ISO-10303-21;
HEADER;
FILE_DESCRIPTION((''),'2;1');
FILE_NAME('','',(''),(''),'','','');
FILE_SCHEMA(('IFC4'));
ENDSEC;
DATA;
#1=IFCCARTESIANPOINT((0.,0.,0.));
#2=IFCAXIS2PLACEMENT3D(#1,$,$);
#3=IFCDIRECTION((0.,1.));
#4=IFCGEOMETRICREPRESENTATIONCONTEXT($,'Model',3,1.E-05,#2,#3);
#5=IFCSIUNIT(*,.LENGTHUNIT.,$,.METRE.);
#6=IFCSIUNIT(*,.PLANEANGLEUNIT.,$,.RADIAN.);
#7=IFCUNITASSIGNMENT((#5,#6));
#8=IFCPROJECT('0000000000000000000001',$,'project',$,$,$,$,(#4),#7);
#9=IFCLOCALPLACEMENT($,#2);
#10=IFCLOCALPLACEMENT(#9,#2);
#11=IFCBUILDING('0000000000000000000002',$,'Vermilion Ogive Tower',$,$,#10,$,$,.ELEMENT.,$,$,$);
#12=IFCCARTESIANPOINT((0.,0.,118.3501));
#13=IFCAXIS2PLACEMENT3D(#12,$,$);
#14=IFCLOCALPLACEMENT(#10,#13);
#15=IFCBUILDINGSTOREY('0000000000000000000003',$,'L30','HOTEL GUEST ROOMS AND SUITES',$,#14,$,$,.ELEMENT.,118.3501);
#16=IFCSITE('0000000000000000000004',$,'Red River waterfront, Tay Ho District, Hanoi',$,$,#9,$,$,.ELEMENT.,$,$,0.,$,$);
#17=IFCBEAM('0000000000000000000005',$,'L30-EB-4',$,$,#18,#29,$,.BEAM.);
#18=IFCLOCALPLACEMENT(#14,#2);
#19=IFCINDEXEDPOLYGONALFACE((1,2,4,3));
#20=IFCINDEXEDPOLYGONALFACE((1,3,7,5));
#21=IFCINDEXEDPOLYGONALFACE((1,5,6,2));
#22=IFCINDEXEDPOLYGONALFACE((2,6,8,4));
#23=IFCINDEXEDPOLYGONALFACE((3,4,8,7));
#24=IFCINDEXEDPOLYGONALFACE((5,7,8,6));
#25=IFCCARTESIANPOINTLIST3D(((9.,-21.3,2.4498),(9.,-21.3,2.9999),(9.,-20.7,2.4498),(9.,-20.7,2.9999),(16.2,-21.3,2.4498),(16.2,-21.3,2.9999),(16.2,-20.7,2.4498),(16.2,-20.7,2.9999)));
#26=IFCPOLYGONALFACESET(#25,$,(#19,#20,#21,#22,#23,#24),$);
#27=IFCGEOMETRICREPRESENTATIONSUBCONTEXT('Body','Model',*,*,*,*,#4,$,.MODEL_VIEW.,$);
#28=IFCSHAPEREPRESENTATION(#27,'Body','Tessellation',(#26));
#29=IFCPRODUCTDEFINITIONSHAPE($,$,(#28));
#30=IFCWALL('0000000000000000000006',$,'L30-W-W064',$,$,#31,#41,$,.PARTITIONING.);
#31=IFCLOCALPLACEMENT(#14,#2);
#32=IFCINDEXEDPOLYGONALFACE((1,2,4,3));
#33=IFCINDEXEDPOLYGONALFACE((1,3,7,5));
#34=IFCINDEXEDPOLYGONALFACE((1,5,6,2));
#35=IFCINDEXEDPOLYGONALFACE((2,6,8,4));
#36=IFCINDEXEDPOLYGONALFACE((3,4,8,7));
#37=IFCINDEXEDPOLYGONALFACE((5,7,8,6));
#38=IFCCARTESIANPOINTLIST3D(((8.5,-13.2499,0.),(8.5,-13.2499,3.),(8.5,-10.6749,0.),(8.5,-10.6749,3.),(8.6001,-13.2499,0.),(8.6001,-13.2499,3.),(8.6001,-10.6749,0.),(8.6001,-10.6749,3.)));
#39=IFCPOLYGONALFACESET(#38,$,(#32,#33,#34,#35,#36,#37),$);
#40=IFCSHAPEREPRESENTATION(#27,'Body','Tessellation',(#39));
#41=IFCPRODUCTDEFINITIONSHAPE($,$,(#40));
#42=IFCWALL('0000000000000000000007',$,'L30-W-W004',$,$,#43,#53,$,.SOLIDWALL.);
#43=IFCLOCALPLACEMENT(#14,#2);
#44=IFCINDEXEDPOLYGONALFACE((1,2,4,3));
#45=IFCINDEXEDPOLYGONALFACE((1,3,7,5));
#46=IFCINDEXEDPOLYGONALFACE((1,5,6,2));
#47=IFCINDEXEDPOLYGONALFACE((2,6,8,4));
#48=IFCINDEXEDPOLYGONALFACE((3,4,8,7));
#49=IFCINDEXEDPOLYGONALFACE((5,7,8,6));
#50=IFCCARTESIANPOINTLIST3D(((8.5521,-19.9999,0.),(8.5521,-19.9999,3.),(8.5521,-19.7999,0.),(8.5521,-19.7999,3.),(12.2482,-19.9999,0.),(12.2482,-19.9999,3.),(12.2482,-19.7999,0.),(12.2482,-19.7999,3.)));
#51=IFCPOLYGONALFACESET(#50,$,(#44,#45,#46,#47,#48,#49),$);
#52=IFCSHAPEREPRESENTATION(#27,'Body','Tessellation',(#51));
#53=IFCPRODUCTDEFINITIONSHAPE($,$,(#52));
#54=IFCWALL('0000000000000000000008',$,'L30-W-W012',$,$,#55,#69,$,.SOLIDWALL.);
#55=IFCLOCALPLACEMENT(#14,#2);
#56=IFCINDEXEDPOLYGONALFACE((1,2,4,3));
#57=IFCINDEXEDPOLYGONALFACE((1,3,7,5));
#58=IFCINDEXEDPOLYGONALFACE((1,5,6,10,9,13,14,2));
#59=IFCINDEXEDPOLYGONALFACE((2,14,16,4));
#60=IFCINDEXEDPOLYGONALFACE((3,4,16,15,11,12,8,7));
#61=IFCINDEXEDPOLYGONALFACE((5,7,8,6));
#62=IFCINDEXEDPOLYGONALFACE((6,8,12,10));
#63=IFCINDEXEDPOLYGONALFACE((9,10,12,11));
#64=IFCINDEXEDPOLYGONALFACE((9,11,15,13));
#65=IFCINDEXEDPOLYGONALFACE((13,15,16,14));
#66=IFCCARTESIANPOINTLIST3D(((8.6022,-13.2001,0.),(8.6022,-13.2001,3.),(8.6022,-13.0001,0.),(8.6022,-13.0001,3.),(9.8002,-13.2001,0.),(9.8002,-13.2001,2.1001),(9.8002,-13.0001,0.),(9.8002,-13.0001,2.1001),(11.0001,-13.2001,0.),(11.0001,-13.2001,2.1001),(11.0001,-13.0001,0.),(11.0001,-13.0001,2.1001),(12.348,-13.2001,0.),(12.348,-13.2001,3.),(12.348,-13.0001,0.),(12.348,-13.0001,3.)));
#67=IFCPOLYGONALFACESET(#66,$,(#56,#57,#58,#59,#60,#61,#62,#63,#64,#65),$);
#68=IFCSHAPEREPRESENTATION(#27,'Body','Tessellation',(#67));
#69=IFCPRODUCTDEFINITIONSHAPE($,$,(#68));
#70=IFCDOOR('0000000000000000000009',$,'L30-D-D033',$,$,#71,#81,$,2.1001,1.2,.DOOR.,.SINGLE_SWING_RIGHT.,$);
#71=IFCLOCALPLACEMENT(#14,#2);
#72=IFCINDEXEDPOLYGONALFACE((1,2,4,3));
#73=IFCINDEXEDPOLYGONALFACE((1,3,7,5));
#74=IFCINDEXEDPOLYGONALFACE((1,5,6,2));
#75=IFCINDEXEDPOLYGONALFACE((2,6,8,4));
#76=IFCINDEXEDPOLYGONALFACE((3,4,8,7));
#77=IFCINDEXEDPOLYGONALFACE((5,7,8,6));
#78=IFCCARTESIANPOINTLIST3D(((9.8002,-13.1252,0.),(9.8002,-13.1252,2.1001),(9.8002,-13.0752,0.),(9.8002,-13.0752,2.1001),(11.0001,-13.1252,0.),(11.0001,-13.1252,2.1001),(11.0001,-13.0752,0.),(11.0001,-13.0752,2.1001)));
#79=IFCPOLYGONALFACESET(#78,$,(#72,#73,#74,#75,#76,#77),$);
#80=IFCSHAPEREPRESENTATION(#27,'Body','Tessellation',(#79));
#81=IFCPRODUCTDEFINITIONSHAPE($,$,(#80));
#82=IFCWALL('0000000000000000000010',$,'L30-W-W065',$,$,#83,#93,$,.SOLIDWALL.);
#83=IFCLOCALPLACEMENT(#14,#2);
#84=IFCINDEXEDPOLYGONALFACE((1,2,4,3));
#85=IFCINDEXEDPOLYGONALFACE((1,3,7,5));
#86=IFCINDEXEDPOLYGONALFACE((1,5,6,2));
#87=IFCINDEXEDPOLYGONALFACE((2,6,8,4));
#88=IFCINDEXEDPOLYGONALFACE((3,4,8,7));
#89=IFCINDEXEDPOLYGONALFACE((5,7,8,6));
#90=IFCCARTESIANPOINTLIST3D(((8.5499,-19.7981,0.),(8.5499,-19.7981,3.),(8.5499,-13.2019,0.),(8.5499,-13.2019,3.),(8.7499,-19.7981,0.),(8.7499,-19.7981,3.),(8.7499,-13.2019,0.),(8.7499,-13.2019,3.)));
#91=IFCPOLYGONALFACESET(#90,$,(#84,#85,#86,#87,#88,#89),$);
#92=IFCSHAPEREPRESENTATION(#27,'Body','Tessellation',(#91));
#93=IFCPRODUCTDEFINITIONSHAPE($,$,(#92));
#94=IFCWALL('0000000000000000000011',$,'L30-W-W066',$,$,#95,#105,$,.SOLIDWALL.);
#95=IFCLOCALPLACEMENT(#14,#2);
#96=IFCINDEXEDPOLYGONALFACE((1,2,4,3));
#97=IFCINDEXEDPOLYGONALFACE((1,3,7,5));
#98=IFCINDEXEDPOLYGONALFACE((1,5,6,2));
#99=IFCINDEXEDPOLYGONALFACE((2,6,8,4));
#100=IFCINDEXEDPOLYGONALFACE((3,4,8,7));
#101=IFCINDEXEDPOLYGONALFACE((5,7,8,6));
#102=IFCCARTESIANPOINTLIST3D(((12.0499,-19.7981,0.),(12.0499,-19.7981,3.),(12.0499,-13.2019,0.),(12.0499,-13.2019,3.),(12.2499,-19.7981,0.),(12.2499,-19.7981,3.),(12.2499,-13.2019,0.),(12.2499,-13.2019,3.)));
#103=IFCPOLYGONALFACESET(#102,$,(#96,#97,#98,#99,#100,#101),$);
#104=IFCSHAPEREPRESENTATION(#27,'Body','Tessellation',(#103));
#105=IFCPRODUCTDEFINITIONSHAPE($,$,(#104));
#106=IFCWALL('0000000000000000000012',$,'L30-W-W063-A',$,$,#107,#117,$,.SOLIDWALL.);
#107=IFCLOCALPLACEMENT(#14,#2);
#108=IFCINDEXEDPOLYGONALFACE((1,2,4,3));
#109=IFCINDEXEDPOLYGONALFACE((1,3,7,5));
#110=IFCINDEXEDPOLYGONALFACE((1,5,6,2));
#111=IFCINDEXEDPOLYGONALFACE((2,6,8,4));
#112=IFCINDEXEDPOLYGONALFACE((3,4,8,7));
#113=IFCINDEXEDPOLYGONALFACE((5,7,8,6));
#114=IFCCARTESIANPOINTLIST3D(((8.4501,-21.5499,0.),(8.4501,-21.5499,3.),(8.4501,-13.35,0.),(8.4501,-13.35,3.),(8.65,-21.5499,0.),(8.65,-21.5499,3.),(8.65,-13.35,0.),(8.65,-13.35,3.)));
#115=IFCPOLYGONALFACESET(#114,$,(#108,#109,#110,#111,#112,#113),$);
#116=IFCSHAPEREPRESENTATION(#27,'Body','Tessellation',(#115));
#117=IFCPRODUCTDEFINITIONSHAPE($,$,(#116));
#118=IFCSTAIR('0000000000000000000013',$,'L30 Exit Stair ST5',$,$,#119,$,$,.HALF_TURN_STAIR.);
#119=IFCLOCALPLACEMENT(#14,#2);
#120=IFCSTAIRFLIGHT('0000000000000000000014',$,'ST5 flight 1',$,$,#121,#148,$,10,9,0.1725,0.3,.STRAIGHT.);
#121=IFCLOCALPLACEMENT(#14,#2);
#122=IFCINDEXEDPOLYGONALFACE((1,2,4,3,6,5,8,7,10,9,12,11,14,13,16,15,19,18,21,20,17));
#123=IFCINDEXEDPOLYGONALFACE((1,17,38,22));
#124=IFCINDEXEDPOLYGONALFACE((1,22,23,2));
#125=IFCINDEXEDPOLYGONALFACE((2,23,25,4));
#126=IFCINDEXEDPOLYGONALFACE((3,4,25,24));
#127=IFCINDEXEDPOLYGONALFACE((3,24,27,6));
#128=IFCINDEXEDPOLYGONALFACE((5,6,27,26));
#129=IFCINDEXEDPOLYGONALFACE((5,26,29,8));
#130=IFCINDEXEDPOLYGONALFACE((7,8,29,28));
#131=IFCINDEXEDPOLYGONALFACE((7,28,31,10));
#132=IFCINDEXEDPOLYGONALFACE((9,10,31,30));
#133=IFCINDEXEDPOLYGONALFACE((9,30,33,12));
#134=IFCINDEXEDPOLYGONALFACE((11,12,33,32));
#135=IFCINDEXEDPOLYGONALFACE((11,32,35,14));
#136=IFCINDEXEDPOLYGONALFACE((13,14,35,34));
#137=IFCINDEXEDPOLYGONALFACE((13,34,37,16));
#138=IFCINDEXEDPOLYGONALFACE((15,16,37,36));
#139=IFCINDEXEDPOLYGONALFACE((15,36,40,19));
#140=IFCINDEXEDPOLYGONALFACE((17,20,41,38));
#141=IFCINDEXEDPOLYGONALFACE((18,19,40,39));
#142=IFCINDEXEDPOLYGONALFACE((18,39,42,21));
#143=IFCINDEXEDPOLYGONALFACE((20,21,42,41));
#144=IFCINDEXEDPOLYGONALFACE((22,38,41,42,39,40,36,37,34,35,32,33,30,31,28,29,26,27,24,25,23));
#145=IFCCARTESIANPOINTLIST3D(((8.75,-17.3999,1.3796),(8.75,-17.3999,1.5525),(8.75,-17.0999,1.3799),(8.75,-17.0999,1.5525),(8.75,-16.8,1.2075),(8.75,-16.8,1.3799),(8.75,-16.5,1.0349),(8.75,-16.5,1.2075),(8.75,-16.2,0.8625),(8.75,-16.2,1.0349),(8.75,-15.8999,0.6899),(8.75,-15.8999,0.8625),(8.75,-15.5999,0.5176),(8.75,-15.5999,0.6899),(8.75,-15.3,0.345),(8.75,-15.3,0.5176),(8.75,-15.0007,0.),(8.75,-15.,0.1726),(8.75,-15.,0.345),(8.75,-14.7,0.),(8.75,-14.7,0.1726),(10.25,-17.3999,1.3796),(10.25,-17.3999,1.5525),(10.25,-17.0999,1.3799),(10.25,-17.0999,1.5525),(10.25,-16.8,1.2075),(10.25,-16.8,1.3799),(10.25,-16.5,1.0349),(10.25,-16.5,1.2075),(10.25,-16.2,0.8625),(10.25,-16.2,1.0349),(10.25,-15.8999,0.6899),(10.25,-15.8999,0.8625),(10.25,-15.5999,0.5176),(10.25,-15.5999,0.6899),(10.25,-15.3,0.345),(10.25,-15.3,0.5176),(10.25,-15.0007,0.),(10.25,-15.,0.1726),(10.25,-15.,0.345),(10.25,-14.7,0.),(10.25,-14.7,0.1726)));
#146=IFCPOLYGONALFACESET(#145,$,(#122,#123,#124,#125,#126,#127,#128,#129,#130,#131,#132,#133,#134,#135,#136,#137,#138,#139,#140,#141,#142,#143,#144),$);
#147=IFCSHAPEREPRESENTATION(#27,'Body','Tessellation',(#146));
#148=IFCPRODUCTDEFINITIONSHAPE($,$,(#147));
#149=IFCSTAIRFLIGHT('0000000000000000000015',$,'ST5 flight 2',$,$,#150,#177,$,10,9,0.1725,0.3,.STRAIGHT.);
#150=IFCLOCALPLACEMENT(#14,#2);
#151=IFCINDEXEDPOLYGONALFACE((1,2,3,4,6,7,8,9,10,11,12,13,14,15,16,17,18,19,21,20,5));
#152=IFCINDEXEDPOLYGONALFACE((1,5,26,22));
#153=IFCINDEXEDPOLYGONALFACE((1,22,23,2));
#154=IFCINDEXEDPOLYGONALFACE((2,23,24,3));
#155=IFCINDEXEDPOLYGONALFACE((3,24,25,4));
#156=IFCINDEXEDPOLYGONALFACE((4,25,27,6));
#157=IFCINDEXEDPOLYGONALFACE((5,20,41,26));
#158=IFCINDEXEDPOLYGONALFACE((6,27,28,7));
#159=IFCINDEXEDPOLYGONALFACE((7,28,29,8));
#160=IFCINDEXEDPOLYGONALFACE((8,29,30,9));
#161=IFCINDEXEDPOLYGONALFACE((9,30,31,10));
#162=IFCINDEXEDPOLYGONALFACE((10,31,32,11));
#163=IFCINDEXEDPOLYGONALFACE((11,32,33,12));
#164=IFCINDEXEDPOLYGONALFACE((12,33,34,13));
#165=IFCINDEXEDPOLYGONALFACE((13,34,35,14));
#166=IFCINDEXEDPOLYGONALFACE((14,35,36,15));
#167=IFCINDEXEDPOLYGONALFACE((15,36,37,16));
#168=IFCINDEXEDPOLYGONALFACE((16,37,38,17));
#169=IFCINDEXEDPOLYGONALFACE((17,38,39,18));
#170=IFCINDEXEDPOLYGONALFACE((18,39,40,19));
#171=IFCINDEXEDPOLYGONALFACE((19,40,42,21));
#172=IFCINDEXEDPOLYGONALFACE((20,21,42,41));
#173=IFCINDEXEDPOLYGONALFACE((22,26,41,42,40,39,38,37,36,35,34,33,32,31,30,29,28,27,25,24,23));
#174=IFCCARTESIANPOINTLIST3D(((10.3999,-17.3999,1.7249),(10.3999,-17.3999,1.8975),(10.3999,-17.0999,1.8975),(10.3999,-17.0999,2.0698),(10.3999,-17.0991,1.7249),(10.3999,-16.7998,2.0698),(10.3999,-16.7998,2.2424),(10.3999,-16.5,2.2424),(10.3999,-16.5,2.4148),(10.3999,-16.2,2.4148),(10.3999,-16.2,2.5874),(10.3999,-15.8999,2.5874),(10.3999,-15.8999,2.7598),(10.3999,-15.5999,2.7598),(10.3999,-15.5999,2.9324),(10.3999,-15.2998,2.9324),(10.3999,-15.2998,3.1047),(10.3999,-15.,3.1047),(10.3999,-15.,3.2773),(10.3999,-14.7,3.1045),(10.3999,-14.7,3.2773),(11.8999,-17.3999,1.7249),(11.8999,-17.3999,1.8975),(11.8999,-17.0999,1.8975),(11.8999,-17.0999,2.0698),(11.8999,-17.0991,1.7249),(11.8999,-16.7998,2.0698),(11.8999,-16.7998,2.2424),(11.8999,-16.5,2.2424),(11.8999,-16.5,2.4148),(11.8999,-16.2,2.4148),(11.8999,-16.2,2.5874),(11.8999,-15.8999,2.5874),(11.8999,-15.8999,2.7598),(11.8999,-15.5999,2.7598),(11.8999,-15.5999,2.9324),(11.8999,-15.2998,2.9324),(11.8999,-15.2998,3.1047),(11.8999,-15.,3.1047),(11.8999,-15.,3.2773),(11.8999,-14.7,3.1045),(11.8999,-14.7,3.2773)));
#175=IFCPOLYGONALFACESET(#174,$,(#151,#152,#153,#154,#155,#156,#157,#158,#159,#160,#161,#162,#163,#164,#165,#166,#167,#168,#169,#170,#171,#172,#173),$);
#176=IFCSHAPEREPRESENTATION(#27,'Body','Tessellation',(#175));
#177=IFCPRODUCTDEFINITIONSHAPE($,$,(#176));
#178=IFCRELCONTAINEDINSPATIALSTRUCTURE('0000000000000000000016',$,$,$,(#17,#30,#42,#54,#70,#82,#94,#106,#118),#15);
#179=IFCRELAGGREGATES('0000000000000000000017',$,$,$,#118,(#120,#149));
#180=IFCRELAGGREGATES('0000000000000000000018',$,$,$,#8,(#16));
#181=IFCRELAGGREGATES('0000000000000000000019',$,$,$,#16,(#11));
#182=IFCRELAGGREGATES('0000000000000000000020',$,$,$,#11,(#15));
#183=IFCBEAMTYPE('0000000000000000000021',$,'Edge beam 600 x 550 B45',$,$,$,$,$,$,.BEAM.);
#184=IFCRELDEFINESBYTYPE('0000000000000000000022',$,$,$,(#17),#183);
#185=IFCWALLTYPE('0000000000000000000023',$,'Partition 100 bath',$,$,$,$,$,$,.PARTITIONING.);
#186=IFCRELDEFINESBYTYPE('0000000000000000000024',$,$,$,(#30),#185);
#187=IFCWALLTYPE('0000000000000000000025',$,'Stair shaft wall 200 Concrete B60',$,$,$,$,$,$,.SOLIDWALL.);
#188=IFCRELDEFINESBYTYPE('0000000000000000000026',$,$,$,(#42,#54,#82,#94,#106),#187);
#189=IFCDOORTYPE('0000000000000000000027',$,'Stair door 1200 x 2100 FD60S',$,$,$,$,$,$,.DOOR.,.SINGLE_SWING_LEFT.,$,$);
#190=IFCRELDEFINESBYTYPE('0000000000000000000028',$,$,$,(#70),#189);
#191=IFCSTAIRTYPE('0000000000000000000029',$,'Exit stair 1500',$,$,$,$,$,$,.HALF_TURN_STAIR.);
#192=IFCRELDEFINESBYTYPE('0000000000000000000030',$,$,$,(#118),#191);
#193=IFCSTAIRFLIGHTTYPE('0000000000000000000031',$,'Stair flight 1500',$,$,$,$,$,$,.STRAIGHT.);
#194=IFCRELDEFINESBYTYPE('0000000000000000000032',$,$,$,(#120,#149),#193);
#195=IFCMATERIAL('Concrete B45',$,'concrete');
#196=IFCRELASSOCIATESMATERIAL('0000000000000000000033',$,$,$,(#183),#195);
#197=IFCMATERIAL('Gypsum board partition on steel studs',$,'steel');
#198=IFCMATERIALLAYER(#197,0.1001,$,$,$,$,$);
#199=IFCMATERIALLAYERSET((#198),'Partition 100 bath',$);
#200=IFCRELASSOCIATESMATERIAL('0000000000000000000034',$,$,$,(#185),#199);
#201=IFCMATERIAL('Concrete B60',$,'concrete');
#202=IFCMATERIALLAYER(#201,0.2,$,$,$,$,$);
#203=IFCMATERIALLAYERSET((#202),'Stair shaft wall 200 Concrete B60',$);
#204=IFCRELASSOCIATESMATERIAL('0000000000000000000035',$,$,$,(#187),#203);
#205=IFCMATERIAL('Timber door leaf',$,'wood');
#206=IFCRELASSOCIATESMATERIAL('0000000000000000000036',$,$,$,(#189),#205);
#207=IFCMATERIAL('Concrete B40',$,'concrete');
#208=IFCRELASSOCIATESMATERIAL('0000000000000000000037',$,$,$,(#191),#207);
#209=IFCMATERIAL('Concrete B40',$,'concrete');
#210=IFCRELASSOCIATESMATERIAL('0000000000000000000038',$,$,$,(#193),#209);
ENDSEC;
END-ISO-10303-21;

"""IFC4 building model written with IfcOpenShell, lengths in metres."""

from ifc_helpers import new_model, si_unit, direction, frame, frame_2d, origin, origin_2d, place, context, subcontext, project, spatial, polyline, rectangle, outline, extrude, material, layer, layer_set, material_profile, profile_set, type_object, element, fill, aggregate, save


model = new_model("IFC4")

# Units and contexts
model_context = context("Model", 3, precision=1e-05, world=origin(), true_north=direction((0.0, 1.0)))
body_context = subcontext(model_context, "Body", "Model", "MODEL_VIEW")
ifc_project = project(units=[si_unit("LENGTHUNIT", "METRE"), si_unit("PLANEANGLEUNIT", "RADIAN")], contexts=[model_context])

# Site, building, storey
site_placement = place(None, origin())
site = spatial("IfcSite", under=ifc_project, at=site_placement, Name="Red River waterfront, Tay Ho District, Hanoi", CompositionType="ELEMENT", RefElevation=0.0)
building_placement = place(site_placement, origin())
building = spatial("IfcBuilding", under=site, at=building_placement, Name="Vermilion Ogive Tower", CompositionType="ELEMENT")
storey_placement = place(building_placement, frame((0.0, 0.0, 118.3501)))
storey = spatial("IfcBuildingStorey", under=building, at=storey_placement, Name="L30", Description="HOTEL GUEST ROOMS AND SUITES", CompositionType="ELEMENT", Elevation=118.3501)

# Beam
ifc_material_1 = material(Name="Concrete B45", Category="concrete")
ifc_material_profile = material_profile(ifc_material_1, rectangle(XDim=0.6001, YDim=0.55, at=origin_2d()), Name="600 x 550")
ifc_profile_set = profile_set([ifc_material_profile], Name="Concrete B45")
beam_type = type_object("IfcBeamType", Name="Edge beam 600 x 550 B45", PredefinedType="BEAM", material=ifc_profile_set)
beam_placement = place(storey_placement, frame((9.0, -21.0, 2.7249), z_axis=(1.0, 0.0, 0.0), x_axis=(0.0, 1.0, 0.0)))
element("IfcBeam", 1, at=beam_placement, inside=storey, type_object=beam_type, Name="L30-EB-4", PredefinedType="BEAM", context=body_context, shape_type="SweptSolid", body=[
    extrude(rectangle(XDim=0.6001, YDim=0.55, at=origin_2d()), origin(), (0.0, 0.0, 1.0), 7.2),
])

# Walls
ifc_material_2 = material(Name="Gypsum board partition on steel studs", Category="steel")
ifc_layer_1 = layer(ifc_material_2, 0.1001)
ifc_layer_set_1 = layer_set([ifc_layer_1], Name="Partition 100 bath")
wall_type_1 = type_object("IfcWallType", Name="Partition 100 bath", PredefinedType="PARTITIONING", material=ifc_layer_set_1)
wall_1_placement = place(storey_placement, frame((8.55, -13.25, 0.0), z_axis=(0.0, 0.0, 1.0), x_axis=(0.0, 1.0, 0.0)))
element("IfcWall", 2, at=wall_1_placement, inside=storey, type_object=wall_type_1, Name="L30-W-W064", PredefinedType="PARTITIONING", context=body_context, shape_type="SweptSolid", body=[
    extrude(rectangle(XDim=2.575, YDim=0.1001, at=frame_2d((1.2876, 0.0))), origin(), (0.0, 0.0, 1.0), 3.0),
])
ifc_material_3 = material(Name="Concrete B60", Category="concrete")
ifc_layer_2 = layer(ifc_material_3, 0.2)
ifc_layer_set_2 = layer_set([ifc_layer_2], Name="Stair shaft wall 200 Concrete B60")
wall_type_2 = type_object("IfcWallType", Name="Stair shaft wall 200 Concrete B60", PredefinedType="SOLIDWALL", material=ifc_layer_set_2)
wall_2_placement = place(storey_placement, frame((8.552, -19.8999, 0.0), z_axis=(0.0, 0.0, 1.0), x_axis=(1.0, 0.0, 0.0)))
element("IfcWall", 3, at=wall_2_placement, inside=storey, type_object=wall_type_2, Name="L30-W-W004", PredefinedType="SOLIDWALL", context=body_context, shape_type="SweptSolid", body=[
    extrude(rectangle(XDim=3.696, YDim=0.2, at=frame_2d((1.8481, 0.0))), origin(), (0.0, 0.0, 1.0), 3.0),
])

# Wall, opening, door
wall_3_placement = place(storey_placement, frame((8.6021, -13.1001, 0.0), z_axis=(0.0, 0.0, 1.0), x_axis=(1.0, 0.0, 0.0)))
wall_3 = element("IfcWall", 4, at=wall_3_placement, inside=storey, type_object=wall_type_2, Name="L30-W-W012", PredefinedType="SOLIDWALL", context=body_context, shape_type="SweptSolid", body=[
    extrude(rectangle(XDim=3.7458, YDim=0.2, at=frame_2d((1.873, 0.0))), origin(), (0.0, 0.0, 1.0), 3.0),
])
opening_1_placement = place(wall_3_placement, frame((1.198, 0.0, 0.0)))
opening_1 = element("IfcOpeningElement", 5, at=opening_1_placement, cuts=wall_3, PredefinedType="OPENING", context=body_context, shape_type="SweptSolid", body=[
    extrude(rectangle(XDim=1.2, YDim=2.1001, at=frame_2d((0.6001, 1.05))), frame((0.0, 0.1099, 0.0), z_axis=(0.0, -1.0, 0.0), x_axis=(1.0, 0.0, 0.0)), (0.0, 0.0, 1.0), 0.22),
])
ifc_material_4 = material(Name="Timber door leaf", Category="wood")
door_type_1 = type_object("IfcDoorType", Name="Stair door 1200 x 2100 FD60S", OperationType="SINGLE_SWING_LEFT", PredefinedType="DOOR", material=ifc_material_4)
door_1_placement = place(opening_1_placement, origin())
door_1 = element("IfcDoor", 6, at=door_1_placement, inside=storey, type_object=door_type_1, Name="L30-D-D033", OperationType="SINGLE_SWING_RIGHT", OverallHeight=2.1001, OverallWidth=1.2, PredefinedType="DOOR", context=body_context, shape_type="SweptSolid", body=[
    extrude(rectangle(XDim=1.2, YDim=2.1001, at=frame_2d((0.6001, 1.05))), frame((0.0, 0.0249, 0.0), z_axis=(0.0, -1.0, 0.0), x_axis=(1.0, 0.0, 0.0)), (0.0, 0.0, 1.0), 0.05),
])
fill(opening_1, door_1)

# Walls
for number, where, z_axis, x_axis, name in (
    (7, (8.6499, -19.7981, 0.0), (0.0, 0.0, 1.0), (0.0, 1.0, 0.0), "L30-W-W065"),
    (8, (12.1499, -19.7981, 0.0), (0.0, 0.0, 1.0), (0.0, 1.0, 0.0), "L30-W-W066"),
):
    element("IfcWall", number, at=place(storey_placement, frame(where, z_axis=z_axis, x_axis=x_axis)), inside=storey, type_object=wall_type_2, Name=name, PredefinedType="SOLIDWALL", context=body_context, shape_type="SweptSolid", body=[
        extrude(rectangle(XDim=6.5962, YDim=0.2, at=frame_2d((3.2981, 0.0))), origin(), (0.0, 0.0, 1.0), 3.0),
    ])
wall_4_placement = place(storey_placement, frame((8.55, -21.55, 0.0), z_axis=(0.0, 0.0, 1.0), x_axis=(0.0, 1.0, 0.0)))
element("IfcWall", 9, at=wall_4_placement, inside=storey, type_object=wall_type_2, Name="L30-W-W063-A", PredefinedType="SOLIDWALL", context=body_context, shape_type="SweptSolid", body=[
    extrude(rectangle(XDim=8.2, YDim=0.2, at=frame_2d((4.1001, 0.0))), origin(), (0.0, 0.0, 1.0), 3.0),
])

# Stair, stair flights
ifc_material_5 = material(Name="Concrete B40", Category="concrete")
stair_type = type_object("IfcStairType", Name="Exit stair 1500", PredefinedType="HALF_TURN_STAIR", material=ifc_material_5)
stair_placement = place(storey_placement, origin())
stair = element("IfcStair", 10, at=stair_placement, inside=storey, type_object=stair_type, Name="L30 Exit Stair ST5", PredefinedType="HALF_TURN_STAIR")
ifc_material_6 = material(Name="Concrete B40", Category="concrete")
stair_flight_type = type_object("IfcStairFlightType", Name="Stair flight 1500", PredefinedType="STRAIGHT", material=ifc_material_6)
stair_flight_1_placement = place(storey_placement, frame((9.5, -14.7, 0.0), z_axis=(0.0, 0.0, 1.0), x_axis=(0.0, -1.0, 0.0)))
stair_flight_1 = element("IfcStairFlight", 11, at=stair_flight_1_placement, type_object=stair_flight_type, Name="ST5 flight 1", NumberOfRisers=10, NumberOfTreads=9, PredefinedType="STRAIGHT", RiserHeight=0.1725, TreadLength=0.3, context=body_context, shape_type="SweptSolid", body=[
    extrude(outline(polyline([(0.0, 0.0), (0.0, 0.1726), (0.3, 0.1726), (0.3, 0.345), (0.6001, 0.345), (0.6001, 0.5176), (0.8999, 0.5176), (0.8999, 0.6899), (1.2, 0.6899), (1.2, 0.8625), (1.5, 0.8625), (1.5, 1.0349), (1.8, 1.0349), (1.8, 1.2075), (2.1001, 1.2075), (2.1001, 1.3799), (2.3999, 1.3799), (2.3999, 1.5525), (2.7, 1.5525), (2.7, 1.7251), (2.7, 1.3796), (0.3008, 0.0), (0.0, 0.0)])), frame((0.0, 0.75, 0.0), z_axis=(0.0, -1.0, 0.0), x_axis=(1.0, 0.0, 0.0)), (0.0, 0.0, 1.0), 1.5),
])
stair_flight_2_placement = place(storey_placement, frame((11.1499, -17.3999, 1.7249), z_axis=(0.0, 0.0, 1.0), x_axis=(0.0, 1.0, 0.0)))
stair_flight_2 = element("IfcStairFlight", 12, at=stair_flight_2_placement, type_object=stair_flight_type, Name="ST5 flight 2", NumberOfRisers=10, NumberOfTreads=9, PredefinedType="STRAIGHT", RiserHeight=0.1725, TreadLength=0.3, context=body_context, shape_type="SweptSolid", body=[
    extrude(outline(polyline([(0.0, 0.0), (0.0, 0.1726), (0.3, 0.1726), (0.3, 0.345), (0.6001, 0.345), (0.6001, 0.5176), (0.8999, 0.5176), (0.8999, 0.6899), (1.2, 0.6899), (1.2, 0.8625), (1.5, 0.8625), (1.5, 1.0349), (1.8, 1.0349), (1.8, 1.2075), (2.1001, 1.2075), (2.1001, 1.3799), (2.3999, 1.3799), (2.3999, 1.5525), (2.7, 1.5525), (2.7, 1.7251), (2.7, 1.3796), (0.3008, 0.0), (0.0, 0.0)])), frame((0.0, 0.75, 0.0), z_axis=(0.0, -1.0, 0.0), x_axis=(1.0, 0.0, 0.0)), (0.0, 0.0, 1.0), 1.5),
])
aggregate(stair, [stair_flight_1, stair_flight_2])

save(model, "model.ifc")
